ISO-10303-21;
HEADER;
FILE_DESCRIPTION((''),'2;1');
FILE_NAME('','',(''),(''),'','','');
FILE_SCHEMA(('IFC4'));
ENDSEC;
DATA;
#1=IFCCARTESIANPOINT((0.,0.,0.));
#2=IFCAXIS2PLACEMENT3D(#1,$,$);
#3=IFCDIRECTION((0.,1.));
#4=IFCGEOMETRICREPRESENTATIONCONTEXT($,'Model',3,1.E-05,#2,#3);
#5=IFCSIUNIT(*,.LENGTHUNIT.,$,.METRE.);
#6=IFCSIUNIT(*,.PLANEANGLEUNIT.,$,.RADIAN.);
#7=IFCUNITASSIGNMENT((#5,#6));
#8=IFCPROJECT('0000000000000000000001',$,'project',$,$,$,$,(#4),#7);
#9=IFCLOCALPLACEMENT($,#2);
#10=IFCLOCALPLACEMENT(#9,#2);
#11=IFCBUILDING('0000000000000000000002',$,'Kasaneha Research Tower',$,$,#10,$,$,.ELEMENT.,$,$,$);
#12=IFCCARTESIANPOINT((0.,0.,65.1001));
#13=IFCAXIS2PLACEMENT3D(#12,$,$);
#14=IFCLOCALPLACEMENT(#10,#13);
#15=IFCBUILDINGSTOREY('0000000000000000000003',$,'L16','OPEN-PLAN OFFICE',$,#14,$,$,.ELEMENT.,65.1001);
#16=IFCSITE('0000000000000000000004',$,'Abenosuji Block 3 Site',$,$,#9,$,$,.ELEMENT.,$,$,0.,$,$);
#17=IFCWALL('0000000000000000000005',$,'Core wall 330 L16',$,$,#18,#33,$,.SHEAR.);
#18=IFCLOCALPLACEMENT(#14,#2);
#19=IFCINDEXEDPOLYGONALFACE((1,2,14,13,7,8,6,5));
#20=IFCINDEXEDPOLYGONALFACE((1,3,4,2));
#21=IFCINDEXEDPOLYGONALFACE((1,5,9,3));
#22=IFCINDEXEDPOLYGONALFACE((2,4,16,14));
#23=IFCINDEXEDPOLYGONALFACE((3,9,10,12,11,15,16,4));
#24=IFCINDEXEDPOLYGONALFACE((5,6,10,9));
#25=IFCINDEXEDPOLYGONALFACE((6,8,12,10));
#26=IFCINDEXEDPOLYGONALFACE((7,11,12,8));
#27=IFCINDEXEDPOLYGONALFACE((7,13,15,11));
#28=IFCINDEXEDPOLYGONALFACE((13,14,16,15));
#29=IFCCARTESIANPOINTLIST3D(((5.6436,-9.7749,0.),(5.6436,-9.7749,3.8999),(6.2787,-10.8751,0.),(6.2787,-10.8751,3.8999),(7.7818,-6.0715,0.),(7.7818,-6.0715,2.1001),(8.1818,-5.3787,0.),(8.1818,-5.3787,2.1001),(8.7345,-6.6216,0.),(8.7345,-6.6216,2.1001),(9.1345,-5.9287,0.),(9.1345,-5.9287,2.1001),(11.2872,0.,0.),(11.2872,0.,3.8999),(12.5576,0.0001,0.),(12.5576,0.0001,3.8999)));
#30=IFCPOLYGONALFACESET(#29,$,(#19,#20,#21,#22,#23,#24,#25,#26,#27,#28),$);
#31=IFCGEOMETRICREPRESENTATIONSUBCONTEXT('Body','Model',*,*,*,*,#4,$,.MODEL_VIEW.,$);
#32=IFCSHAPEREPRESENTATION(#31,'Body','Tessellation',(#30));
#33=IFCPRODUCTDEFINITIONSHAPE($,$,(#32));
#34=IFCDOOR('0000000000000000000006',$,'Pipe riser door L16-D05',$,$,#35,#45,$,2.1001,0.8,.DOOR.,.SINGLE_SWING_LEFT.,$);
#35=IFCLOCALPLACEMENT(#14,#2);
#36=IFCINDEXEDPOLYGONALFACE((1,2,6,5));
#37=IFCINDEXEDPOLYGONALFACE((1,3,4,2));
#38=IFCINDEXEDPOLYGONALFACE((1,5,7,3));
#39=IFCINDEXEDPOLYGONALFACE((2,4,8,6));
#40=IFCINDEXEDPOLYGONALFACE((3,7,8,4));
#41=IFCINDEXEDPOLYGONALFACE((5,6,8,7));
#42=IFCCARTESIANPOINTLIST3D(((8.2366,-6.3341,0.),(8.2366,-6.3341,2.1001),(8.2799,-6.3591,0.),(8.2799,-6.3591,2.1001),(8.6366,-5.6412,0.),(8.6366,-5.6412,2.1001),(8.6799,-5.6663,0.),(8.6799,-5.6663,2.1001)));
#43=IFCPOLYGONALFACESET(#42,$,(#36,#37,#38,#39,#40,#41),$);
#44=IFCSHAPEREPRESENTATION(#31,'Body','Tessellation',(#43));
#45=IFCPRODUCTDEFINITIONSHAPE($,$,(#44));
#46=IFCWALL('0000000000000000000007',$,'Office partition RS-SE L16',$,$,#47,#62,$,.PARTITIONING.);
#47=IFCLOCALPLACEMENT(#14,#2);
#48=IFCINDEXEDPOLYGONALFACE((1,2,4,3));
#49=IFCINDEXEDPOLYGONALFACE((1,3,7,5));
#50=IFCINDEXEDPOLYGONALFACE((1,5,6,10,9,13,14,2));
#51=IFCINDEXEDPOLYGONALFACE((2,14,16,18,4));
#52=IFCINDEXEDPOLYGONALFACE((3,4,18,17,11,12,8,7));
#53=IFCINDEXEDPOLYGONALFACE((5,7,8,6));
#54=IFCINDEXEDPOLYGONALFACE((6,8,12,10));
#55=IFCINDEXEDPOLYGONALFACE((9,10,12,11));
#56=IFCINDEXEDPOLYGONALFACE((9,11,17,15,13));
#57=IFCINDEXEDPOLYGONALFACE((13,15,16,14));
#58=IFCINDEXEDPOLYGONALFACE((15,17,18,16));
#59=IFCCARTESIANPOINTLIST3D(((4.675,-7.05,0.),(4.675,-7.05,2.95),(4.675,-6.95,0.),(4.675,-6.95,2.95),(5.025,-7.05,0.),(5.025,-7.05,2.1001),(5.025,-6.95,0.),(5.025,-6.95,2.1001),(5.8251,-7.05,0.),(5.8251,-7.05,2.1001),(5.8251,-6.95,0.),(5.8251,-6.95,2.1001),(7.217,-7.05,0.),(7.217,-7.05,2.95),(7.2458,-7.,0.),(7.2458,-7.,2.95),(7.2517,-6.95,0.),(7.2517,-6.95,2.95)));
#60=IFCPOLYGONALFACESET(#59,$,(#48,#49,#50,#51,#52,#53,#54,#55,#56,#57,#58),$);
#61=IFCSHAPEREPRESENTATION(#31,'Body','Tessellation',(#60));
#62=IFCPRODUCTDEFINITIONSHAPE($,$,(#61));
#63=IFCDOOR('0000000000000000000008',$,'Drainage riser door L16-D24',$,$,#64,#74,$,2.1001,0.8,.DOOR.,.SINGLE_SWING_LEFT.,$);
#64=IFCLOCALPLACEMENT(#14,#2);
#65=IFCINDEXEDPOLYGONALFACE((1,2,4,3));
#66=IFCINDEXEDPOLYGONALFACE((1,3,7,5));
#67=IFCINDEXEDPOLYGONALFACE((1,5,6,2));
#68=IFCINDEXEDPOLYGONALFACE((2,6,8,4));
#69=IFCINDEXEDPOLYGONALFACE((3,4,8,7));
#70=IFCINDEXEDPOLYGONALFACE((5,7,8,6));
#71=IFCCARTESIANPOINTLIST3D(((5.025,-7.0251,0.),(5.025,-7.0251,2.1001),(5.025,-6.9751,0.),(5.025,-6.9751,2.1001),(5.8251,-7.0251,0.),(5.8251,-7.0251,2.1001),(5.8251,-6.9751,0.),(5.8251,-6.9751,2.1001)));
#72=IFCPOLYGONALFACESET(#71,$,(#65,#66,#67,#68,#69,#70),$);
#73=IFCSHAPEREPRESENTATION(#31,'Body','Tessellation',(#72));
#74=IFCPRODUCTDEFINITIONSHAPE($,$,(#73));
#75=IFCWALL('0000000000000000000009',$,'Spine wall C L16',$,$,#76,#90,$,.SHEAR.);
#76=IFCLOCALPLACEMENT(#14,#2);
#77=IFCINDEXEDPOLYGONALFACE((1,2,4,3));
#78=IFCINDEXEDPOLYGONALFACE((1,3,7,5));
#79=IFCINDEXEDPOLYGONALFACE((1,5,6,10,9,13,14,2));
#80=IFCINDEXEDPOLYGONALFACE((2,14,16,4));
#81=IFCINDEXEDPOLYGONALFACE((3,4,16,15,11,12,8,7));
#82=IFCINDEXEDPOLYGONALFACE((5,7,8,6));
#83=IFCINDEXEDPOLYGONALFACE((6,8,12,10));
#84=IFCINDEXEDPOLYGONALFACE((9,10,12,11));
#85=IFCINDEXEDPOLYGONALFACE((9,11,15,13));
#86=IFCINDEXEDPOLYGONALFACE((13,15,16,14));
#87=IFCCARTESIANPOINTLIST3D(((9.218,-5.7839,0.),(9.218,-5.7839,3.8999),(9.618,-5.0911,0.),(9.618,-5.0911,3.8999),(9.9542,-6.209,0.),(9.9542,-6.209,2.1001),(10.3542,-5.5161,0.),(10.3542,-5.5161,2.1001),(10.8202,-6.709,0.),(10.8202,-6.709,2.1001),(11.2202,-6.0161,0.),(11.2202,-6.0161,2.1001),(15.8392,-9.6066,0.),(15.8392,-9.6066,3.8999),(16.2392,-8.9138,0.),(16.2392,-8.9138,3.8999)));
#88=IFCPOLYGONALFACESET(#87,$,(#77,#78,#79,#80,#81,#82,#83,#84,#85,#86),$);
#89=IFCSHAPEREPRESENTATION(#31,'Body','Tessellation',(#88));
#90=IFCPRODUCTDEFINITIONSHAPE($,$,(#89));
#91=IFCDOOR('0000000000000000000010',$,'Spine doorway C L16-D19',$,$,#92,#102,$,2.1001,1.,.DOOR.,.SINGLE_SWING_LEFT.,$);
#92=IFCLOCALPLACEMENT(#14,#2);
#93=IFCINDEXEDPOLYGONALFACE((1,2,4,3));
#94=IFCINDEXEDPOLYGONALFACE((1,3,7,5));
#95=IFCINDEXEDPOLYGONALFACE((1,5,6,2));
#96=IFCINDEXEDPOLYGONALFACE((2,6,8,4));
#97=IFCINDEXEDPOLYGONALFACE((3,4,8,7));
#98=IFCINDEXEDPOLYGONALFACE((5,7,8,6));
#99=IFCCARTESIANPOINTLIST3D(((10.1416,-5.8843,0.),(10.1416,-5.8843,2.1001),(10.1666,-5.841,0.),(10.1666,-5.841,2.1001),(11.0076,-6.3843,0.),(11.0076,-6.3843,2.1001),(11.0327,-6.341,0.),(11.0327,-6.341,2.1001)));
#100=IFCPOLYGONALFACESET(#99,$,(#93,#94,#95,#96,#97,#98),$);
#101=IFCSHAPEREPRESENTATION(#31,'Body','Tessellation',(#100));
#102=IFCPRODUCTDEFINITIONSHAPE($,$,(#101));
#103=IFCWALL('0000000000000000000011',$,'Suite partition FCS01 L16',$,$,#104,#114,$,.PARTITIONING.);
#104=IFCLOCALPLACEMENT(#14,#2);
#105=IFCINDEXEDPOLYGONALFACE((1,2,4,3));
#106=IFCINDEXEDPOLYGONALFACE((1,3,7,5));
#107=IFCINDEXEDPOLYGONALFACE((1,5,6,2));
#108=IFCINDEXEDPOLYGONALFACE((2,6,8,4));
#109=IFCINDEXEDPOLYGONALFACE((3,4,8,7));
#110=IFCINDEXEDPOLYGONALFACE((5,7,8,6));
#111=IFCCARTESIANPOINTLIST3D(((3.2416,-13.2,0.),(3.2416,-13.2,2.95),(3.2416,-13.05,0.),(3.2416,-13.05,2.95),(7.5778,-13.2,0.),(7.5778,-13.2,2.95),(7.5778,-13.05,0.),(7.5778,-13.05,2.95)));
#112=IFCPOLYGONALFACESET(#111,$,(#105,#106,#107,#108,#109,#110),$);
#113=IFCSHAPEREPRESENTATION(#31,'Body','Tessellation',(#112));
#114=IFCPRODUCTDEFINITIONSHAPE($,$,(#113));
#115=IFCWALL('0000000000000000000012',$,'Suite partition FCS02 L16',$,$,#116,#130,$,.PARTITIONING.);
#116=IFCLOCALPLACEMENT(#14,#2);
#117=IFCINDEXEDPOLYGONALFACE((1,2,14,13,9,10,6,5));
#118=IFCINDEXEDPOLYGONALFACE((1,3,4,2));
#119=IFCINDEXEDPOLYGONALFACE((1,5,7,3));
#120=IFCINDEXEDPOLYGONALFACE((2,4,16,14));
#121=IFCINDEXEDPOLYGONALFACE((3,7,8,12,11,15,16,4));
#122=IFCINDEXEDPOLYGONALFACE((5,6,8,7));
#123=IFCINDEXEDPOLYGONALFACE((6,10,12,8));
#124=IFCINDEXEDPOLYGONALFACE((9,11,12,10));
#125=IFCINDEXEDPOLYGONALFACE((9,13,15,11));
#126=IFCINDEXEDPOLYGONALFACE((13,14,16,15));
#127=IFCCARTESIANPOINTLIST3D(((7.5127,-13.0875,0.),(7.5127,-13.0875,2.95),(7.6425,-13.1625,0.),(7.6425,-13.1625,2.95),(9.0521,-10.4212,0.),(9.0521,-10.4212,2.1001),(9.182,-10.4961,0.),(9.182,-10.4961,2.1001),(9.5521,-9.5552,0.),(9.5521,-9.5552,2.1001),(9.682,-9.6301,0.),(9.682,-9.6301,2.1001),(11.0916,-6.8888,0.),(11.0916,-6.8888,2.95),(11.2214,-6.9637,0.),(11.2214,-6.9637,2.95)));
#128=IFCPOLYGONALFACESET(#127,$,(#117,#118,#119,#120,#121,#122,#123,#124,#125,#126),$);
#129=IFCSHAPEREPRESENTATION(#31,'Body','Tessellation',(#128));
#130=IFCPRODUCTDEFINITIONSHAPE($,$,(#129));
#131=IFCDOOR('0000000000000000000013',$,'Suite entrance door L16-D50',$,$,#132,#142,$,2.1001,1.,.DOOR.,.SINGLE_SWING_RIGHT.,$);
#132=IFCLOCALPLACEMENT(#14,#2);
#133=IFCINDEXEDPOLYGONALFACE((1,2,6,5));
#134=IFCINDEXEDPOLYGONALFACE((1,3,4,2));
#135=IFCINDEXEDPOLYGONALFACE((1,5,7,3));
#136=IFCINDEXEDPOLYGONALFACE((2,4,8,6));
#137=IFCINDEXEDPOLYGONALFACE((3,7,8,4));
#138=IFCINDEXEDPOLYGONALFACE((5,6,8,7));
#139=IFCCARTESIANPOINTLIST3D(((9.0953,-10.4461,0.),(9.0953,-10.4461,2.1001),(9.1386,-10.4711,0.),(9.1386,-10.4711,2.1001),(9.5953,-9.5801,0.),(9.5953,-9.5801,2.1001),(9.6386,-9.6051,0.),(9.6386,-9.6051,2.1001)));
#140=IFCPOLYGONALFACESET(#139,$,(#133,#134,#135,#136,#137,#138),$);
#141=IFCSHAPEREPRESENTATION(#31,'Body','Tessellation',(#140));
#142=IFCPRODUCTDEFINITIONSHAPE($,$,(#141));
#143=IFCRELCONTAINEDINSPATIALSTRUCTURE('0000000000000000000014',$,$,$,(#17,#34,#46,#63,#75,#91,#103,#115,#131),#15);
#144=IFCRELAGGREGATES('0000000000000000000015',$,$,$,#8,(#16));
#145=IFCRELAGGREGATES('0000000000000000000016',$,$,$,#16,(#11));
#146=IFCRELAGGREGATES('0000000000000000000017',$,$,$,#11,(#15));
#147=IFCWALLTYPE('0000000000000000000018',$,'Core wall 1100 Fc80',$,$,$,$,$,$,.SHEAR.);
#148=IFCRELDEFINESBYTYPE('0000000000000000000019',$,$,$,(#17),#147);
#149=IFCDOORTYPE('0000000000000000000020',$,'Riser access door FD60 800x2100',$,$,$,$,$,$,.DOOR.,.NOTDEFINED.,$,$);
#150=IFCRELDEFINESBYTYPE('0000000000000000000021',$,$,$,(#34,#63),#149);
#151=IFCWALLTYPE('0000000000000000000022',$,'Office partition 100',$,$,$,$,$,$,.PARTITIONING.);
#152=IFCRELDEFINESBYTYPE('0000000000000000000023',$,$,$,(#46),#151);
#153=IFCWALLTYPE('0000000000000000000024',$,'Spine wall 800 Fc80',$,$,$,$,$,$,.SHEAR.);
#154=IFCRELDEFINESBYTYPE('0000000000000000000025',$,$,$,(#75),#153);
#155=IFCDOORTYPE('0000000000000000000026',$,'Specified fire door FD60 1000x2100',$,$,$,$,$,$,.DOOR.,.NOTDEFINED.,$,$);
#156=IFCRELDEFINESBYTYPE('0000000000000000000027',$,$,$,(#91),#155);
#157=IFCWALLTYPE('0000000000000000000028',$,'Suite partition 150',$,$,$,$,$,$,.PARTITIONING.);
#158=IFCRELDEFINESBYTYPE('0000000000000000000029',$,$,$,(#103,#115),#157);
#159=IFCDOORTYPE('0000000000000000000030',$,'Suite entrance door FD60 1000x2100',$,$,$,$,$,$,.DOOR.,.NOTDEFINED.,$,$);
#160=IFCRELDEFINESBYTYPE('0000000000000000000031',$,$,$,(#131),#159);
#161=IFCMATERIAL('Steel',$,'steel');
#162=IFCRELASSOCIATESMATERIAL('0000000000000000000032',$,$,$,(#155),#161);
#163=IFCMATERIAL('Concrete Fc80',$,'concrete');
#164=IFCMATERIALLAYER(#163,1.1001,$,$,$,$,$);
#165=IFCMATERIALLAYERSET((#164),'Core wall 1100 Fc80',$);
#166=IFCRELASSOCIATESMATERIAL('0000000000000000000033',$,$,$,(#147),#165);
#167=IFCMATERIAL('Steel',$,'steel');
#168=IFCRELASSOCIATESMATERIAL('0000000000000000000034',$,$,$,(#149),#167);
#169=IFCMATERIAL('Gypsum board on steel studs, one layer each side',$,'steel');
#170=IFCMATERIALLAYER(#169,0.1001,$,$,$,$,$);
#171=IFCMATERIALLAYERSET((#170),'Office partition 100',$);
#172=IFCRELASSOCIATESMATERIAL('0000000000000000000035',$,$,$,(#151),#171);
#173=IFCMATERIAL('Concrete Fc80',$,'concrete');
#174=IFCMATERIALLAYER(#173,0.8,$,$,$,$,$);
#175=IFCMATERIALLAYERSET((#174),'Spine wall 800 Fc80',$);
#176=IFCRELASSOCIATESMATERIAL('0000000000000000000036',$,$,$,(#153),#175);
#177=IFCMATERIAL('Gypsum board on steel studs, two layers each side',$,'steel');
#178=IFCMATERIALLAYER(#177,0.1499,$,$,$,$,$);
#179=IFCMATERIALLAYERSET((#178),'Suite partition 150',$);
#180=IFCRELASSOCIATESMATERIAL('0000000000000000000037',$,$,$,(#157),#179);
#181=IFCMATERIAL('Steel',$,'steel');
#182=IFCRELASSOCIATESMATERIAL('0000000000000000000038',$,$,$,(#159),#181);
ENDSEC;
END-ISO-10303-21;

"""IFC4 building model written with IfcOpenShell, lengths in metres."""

from ifc_helpers import new_model, si_unit, direction, frame, frame_2d, origin, place, context, subcontext, project, spatial, polyline, rectangle, outline, extrude, material, layer, layer_set, type_object, element, fill, save


model = new_model("IFC4")

# Units and contexts
model_context = context("Model", 3, precision=1e-05, world=origin(), true_north=direction((0.0, 1.0)))
body_context = subcontext(model_context, "Body", "Model", "MODEL_VIEW")
ifc_project = project(units=[si_unit("LENGTHUNIT", "METRE"), si_unit("PLANEANGLEUNIT", "RADIAN")], contexts=[model_context])

# Site, building, storey
site_placement = place(None, origin())
site = spatial("IfcSite", under=ifc_project, at=site_placement, Name="Abenosuji Block 3 Site", CompositionType="ELEMENT", RefElevation=0.0)
building_placement = place(site_placement, origin())
building = spatial("IfcBuilding", under=site, at=building_placement, Name="Kasaneha Research Tower", CompositionType="ELEMENT")
storey_placement = place(building_placement, frame((0.0, 0.0, 65.1001)))
storey = spatial("IfcBuildingStorey", under=building, at=storey_placement, Name="L16", Description="OPEN-PLAN OFFICE", CompositionType="ELEMENT", Elevation=65.1001)

# Shared definitions
ifc_material_1 = material(Name="Steel", Category="steel")
door_type_1 = type_object("IfcDoorType", Name="Specified fire door FD60 1000x2100", OperationType="NOTDEFINED", PredefinedType="DOOR", material=ifc_material_1)

# Walls, openings, doors
ifc_material_2 = material(Name="Concrete Fc80", Category="concrete")
ifc_layer_1 = layer(ifc_material_2, 1.1001)
ifc_layer_set_1 = layer_set([ifc_layer_1], Name="Core wall 1100 Fc80")
wall_type_1 = type_object("IfcWallType", Name="Core wall 1100 Fc80", PredefinedType="SHEAR", material=ifc_layer_set_1)
wall_1_placement = place(storey_placement, frame((5.9612, -10.325, 0.0), z_axis=(0.0, 0.0, 1.0), x_axis=(0.500004, 0.866023, 0.0)))
wall_1 = element("IfcWall", 1, at=wall_1_placement, inside=storey, type_object=wall_type_1, Name="Core wall 330 L16", PredefinedType="SHEAR", context=body_context, shape_type="SweptSolid", body=[
    extrude(outline(polyline([(-0.3176, -0.55), (4.594, -0.55), (5.394, -0.55), (12.24, -0.55), (11.6047, 0.55), (5.394, 0.55), (4.594, 0.55), (0.3176, 0.55), (-0.3176, -0.55)])), origin(), (0.0, 0.0, 1.0), 3.8999),
])
opening_1_placement = place(wall_1_placement, frame((4.594, 0.0, 0.0)))
opening_1 = element("IfcOpeningElement", 2, at=opening_1_placement, cuts=wall_1, PredefinedType="OPENING", context=body_context, shape_type="SweptSolid", body=[
    extrude(rectangle(XDim=0.8, YDim=2.1001, at=frame_2d((0.3999, 1.05))), frame((0.0, 0.5601, 0.0), z_axis=(0.0, -1.0, 0.0), x_axis=(1.0, 0.0, 0.0)), (0.0, 0.0, 1.0), 1.1201),
])
ifc_material_3 = material(Name="Steel", Category="steel")
door_type_2 = type_object("IfcDoorType", Name="Riser access door FD60 800x2100", OperationType="NOTDEFINED", PredefinedType="DOOR", material=ifc_material_3)
door_1_placement = place(opening_1_placement, origin())
door_1 = element("IfcDoor", 3, at=door_1_placement, inside=storey, type_object=door_type_2, Name="Pipe riser door L16-D05", OperationType="SINGLE_SWING_LEFT", OverallHeight=2.1001, OverallWidth=0.8, PredefinedType="DOOR", context=body_context, shape_type="SweptSolid", body=[
    extrude(rectangle(XDim=0.8, YDim=2.1001, at=frame_2d((0.3999, 1.05))), frame((0.0, 0.0249, 0.0), z_axis=(0.0, -1.0, 0.0), x_axis=(1.0, 0.0, 0.0)), (0.0, 0.0, 1.0), 0.05),
])
fill(opening_1, door_1)
ifc_material_4 = material(Name="Gypsum board on steel studs, one layer each side", Category="steel")
ifc_layer_2 = layer(ifc_material_4, 0.1001)
ifc_layer_set_2 = layer_set([ifc_layer_2], Name="Office partition 100")
wall_type_2 = type_object("IfcWallType", Name="Office partition 100", PredefinedType="PARTITIONING", material=ifc_layer_set_2)
wall_2_placement = place(storey_placement, frame((4.675, -7.0, 0.0), z_axis=(0.0, 0.0, 1.0), x_axis=(1.0, 0.0, 0.0)))
wall_2 = element("IfcWall", 4, at=wall_2_placement, inside=storey, type_object=wall_type_2, Name="Office partition RS-SE L16", PredefinedType="PARTITIONING", context=body_context, shape_type="SweptSolid", body=[
    extrude(outline(polyline([(0.0, -0.05), (0.3501, -0.05), (1.1501, -0.05), (2.542, -0.05), (2.5708, 0.0), (2.5767, 0.05), (1.1501, 0.05), (0.3501, 0.05), (0.0, 0.05), (0.0, -0.05)])), origin(), (0.0, 0.0, 1.0), 2.95),
])
opening_2_placement = place(wall_2_placement, frame((0.3501, 0.0, 0.0)))
opening_2 = element("IfcOpeningElement", 5, at=opening_2_placement, cuts=wall_2, PredefinedType="OPENING", context=body_context, shape_type="SweptSolid", body=[
    extrude(rectangle(XDim=0.8, YDim=2.1001, at=frame_2d((0.3999, 1.05))), frame((0.0, 0.0601, 0.0), z_axis=(0.0, -1.0, 0.0), x_axis=(1.0, 0.0, 0.0)), (0.0, 0.0, 1.0), 0.1201),
])
door_2_placement = place(opening_2_placement, origin())
door_2 = element("IfcDoor", 6, at=door_2_placement, inside=storey, type_object=door_type_2, Name="Drainage riser door L16-D24", OperationType="SINGLE_SWING_LEFT", OverallHeight=2.1001, OverallWidth=0.8, PredefinedType="DOOR", context=body_context, shape_type="SweptSolid", body=[
    extrude(rectangle(XDim=0.8, YDim=2.1001, at=frame_2d((0.3999, 1.05))), frame((0.0, 0.0249, 0.0), z_axis=(0.0, -1.0, 0.0), x_axis=(1.0, 0.0, 0.0)), (0.0, 0.0, 1.0), 0.05),
])
fill(opening_2, door_2)
ifc_material_5 = material(Name="Concrete Fc80", Category="concrete")
ifc_layer_3 = layer(ifc_material_5, 0.8)
ifc_layer_set_3 = layer_set([ifc_layer_3], Name="Spine wall 800 Fc80")
wall_type_3 = type_object("IfcWallType", Name="Spine wall 800 Fc80", PredefinedType="SHEAR", material=ifc_layer_set_3)
wall_3_placement = place(storey_placement, frame((9.418, -5.4375, 0.0), z_axis=(0.0, 0.0, 1.0), x_axis=(0.86603, -0.499992, 0.0)))
wall_3 = element("IfcWall", 7, at=wall_3_placement, inside=storey, type_object=wall_type_3, Name="Spine wall C L16", PredefinedType="SHEAR", context=body_context, shape_type="SweptSolid", body=[
    extrude(rectangle(XDim=7.6455, YDim=0.8, at=frame_2d((3.8228, 0.0))), origin(), (0.0, 0.0, 1.0), 3.8999),
])
opening_3_placement = place(wall_3_placement, frame((0.8501, 0.0, 0.0)))
opening_3 = element("IfcOpeningElement", 8, at=opening_3_placement, cuts=wall_3, PredefinedType="OPENING", context=body_context, shape_type="SweptSolid", body=[
    extrude(rectangle(XDim=1.0, YDim=2.1001, at=frame_2d((0.5, 1.05))), frame((0.0, 0.4102, 0.0), z_axis=(0.0, -1.0, 0.0), x_axis=(1.0, 0.0, 0.0)), (0.0, 0.0, 1.0), 0.8201),
])
door_3_placement = place(opening_3_placement, origin())
door_3 = element("IfcDoor", 9, at=door_3_placement, inside=storey, type_object=door_type_1, Name="Spine doorway C L16-D19", OperationType="SINGLE_SWING_LEFT", OverallHeight=2.1001, OverallWidth=1.0, PredefinedType="DOOR", context=body_context, shape_type="SweptSolid", body=[
    extrude(rectangle(XDim=1.0, YDim=2.1001, at=frame_2d((0.5, 1.05))), frame((0.0, 0.0249, 0.0), z_axis=(0.0, -1.0, 0.0), x_axis=(1.0, 0.0, 0.0)), (0.0, 0.0, 1.0), 0.05),
])
fill(opening_3, door_3)

# Wall
ifc_material_6 = material(Name="Gypsum board on steel studs, two layers each side", Category="steel")
ifc_layer_4 = layer(ifc_material_6, 0.1499)
ifc_layer_set_4 = layer_set([ifc_layer_4], Name="Suite partition 150")
wall_type_4 = type_object("IfcWallType", Name="Suite partition 150", PredefinedType="PARTITIONING", material=ifc_layer_set_4)
wall_4_placement = place(storey_placement, frame((7.5776, -13.125, 0.0), z_axis=(0.0, 0.0, 1.0), x_axis=(-1.0, 0.0, 0.0)))
element("IfcWall", 10, at=wall_4_placement, inside=storey, type_object=wall_type_4, Name="Suite partition FCS01 L16", PredefinedType="PARTITIONING", context=body_context, shape_type="SweptSolid", body=[
    extrude(rectangle(XDim=4.3362, YDim=0.1499, at=frame_2d((2.168, 0.0))), origin(), (0.0, 0.0, 1.0), 2.95),
])

# Wall, opening, door
wall_5_placement = place(storey_placement, frame((11.1565, -6.9263, 0.0), z_axis=(0.0, 0.0, 1.0), x_axis=(-0.500002, -0.866024, 0.0)))
wall_5 = element("IfcWall", 11, at=wall_5_placement, inside=storey, type_object=wall_type_4, Name="Suite partition FCS02 L16", PredefinedType="PARTITIONING", context=body_context, shape_type="SweptSolid", body=[
    extrude(rectangle(XDim=7.1577, YDim=0.1499, at=frame_2d((3.5789, 0.0))), origin(), (0.0, 0.0, 1.0), 2.95),
])
opening_4_placement = place(wall_5_placement, frame((3.0789, 0.0, 0.0)))
opening_4 = element("IfcOpeningElement", 12, at=opening_4_placement, cuts=wall_5, PredefinedType="OPENING", context=body_context, shape_type="SweptSolid", body=[
    extrude(rectangle(XDim=1.0, YDim=2.1001, at=frame_2d((0.5, 1.05))), frame((0.0, 0.085, 0.0), z_axis=(0.0, -1.0, 0.0), x_axis=(1.0, 0.0, 0.0)), (0.0, 0.0, 1.0), 0.1699),
])
ifc_material_7 = material(Name="Steel", Category="steel")
door_type_3 = type_object("IfcDoorType", Name="Suite entrance door FD60 1000x2100", OperationType="NOTDEFINED", PredefinedType="DOOR", material=ifc_material_7)
door_4_placement = place(opening_4_placement, origin())
door_4 = element("IfcDoor", 13, at=door_4_placement, inside=storey, type_object=door_type_3, Name="Suite entrance door L16-D50", OperationType="SINGLE_SWING_RIGHT", OverallHeight=2.1001, OverallWidth=1.0, PredefinedType="DOOR", context=body_context, shape_type="SweptSolid", body=[
    extrude(rectangle(XDim=1.0, YDim=2.1001, at=frame_2d((0.5, 1.05))), frame((0.0, 0.0249, 0.0), z_axis=(0.0, -1.0, 0.0), x_axis=(1.0, 0.0, 0.0)), (0.0, 0.0, 1.0), 0.05),
])
fill(opening_4, door_4)

save(model, "model.ifc")
